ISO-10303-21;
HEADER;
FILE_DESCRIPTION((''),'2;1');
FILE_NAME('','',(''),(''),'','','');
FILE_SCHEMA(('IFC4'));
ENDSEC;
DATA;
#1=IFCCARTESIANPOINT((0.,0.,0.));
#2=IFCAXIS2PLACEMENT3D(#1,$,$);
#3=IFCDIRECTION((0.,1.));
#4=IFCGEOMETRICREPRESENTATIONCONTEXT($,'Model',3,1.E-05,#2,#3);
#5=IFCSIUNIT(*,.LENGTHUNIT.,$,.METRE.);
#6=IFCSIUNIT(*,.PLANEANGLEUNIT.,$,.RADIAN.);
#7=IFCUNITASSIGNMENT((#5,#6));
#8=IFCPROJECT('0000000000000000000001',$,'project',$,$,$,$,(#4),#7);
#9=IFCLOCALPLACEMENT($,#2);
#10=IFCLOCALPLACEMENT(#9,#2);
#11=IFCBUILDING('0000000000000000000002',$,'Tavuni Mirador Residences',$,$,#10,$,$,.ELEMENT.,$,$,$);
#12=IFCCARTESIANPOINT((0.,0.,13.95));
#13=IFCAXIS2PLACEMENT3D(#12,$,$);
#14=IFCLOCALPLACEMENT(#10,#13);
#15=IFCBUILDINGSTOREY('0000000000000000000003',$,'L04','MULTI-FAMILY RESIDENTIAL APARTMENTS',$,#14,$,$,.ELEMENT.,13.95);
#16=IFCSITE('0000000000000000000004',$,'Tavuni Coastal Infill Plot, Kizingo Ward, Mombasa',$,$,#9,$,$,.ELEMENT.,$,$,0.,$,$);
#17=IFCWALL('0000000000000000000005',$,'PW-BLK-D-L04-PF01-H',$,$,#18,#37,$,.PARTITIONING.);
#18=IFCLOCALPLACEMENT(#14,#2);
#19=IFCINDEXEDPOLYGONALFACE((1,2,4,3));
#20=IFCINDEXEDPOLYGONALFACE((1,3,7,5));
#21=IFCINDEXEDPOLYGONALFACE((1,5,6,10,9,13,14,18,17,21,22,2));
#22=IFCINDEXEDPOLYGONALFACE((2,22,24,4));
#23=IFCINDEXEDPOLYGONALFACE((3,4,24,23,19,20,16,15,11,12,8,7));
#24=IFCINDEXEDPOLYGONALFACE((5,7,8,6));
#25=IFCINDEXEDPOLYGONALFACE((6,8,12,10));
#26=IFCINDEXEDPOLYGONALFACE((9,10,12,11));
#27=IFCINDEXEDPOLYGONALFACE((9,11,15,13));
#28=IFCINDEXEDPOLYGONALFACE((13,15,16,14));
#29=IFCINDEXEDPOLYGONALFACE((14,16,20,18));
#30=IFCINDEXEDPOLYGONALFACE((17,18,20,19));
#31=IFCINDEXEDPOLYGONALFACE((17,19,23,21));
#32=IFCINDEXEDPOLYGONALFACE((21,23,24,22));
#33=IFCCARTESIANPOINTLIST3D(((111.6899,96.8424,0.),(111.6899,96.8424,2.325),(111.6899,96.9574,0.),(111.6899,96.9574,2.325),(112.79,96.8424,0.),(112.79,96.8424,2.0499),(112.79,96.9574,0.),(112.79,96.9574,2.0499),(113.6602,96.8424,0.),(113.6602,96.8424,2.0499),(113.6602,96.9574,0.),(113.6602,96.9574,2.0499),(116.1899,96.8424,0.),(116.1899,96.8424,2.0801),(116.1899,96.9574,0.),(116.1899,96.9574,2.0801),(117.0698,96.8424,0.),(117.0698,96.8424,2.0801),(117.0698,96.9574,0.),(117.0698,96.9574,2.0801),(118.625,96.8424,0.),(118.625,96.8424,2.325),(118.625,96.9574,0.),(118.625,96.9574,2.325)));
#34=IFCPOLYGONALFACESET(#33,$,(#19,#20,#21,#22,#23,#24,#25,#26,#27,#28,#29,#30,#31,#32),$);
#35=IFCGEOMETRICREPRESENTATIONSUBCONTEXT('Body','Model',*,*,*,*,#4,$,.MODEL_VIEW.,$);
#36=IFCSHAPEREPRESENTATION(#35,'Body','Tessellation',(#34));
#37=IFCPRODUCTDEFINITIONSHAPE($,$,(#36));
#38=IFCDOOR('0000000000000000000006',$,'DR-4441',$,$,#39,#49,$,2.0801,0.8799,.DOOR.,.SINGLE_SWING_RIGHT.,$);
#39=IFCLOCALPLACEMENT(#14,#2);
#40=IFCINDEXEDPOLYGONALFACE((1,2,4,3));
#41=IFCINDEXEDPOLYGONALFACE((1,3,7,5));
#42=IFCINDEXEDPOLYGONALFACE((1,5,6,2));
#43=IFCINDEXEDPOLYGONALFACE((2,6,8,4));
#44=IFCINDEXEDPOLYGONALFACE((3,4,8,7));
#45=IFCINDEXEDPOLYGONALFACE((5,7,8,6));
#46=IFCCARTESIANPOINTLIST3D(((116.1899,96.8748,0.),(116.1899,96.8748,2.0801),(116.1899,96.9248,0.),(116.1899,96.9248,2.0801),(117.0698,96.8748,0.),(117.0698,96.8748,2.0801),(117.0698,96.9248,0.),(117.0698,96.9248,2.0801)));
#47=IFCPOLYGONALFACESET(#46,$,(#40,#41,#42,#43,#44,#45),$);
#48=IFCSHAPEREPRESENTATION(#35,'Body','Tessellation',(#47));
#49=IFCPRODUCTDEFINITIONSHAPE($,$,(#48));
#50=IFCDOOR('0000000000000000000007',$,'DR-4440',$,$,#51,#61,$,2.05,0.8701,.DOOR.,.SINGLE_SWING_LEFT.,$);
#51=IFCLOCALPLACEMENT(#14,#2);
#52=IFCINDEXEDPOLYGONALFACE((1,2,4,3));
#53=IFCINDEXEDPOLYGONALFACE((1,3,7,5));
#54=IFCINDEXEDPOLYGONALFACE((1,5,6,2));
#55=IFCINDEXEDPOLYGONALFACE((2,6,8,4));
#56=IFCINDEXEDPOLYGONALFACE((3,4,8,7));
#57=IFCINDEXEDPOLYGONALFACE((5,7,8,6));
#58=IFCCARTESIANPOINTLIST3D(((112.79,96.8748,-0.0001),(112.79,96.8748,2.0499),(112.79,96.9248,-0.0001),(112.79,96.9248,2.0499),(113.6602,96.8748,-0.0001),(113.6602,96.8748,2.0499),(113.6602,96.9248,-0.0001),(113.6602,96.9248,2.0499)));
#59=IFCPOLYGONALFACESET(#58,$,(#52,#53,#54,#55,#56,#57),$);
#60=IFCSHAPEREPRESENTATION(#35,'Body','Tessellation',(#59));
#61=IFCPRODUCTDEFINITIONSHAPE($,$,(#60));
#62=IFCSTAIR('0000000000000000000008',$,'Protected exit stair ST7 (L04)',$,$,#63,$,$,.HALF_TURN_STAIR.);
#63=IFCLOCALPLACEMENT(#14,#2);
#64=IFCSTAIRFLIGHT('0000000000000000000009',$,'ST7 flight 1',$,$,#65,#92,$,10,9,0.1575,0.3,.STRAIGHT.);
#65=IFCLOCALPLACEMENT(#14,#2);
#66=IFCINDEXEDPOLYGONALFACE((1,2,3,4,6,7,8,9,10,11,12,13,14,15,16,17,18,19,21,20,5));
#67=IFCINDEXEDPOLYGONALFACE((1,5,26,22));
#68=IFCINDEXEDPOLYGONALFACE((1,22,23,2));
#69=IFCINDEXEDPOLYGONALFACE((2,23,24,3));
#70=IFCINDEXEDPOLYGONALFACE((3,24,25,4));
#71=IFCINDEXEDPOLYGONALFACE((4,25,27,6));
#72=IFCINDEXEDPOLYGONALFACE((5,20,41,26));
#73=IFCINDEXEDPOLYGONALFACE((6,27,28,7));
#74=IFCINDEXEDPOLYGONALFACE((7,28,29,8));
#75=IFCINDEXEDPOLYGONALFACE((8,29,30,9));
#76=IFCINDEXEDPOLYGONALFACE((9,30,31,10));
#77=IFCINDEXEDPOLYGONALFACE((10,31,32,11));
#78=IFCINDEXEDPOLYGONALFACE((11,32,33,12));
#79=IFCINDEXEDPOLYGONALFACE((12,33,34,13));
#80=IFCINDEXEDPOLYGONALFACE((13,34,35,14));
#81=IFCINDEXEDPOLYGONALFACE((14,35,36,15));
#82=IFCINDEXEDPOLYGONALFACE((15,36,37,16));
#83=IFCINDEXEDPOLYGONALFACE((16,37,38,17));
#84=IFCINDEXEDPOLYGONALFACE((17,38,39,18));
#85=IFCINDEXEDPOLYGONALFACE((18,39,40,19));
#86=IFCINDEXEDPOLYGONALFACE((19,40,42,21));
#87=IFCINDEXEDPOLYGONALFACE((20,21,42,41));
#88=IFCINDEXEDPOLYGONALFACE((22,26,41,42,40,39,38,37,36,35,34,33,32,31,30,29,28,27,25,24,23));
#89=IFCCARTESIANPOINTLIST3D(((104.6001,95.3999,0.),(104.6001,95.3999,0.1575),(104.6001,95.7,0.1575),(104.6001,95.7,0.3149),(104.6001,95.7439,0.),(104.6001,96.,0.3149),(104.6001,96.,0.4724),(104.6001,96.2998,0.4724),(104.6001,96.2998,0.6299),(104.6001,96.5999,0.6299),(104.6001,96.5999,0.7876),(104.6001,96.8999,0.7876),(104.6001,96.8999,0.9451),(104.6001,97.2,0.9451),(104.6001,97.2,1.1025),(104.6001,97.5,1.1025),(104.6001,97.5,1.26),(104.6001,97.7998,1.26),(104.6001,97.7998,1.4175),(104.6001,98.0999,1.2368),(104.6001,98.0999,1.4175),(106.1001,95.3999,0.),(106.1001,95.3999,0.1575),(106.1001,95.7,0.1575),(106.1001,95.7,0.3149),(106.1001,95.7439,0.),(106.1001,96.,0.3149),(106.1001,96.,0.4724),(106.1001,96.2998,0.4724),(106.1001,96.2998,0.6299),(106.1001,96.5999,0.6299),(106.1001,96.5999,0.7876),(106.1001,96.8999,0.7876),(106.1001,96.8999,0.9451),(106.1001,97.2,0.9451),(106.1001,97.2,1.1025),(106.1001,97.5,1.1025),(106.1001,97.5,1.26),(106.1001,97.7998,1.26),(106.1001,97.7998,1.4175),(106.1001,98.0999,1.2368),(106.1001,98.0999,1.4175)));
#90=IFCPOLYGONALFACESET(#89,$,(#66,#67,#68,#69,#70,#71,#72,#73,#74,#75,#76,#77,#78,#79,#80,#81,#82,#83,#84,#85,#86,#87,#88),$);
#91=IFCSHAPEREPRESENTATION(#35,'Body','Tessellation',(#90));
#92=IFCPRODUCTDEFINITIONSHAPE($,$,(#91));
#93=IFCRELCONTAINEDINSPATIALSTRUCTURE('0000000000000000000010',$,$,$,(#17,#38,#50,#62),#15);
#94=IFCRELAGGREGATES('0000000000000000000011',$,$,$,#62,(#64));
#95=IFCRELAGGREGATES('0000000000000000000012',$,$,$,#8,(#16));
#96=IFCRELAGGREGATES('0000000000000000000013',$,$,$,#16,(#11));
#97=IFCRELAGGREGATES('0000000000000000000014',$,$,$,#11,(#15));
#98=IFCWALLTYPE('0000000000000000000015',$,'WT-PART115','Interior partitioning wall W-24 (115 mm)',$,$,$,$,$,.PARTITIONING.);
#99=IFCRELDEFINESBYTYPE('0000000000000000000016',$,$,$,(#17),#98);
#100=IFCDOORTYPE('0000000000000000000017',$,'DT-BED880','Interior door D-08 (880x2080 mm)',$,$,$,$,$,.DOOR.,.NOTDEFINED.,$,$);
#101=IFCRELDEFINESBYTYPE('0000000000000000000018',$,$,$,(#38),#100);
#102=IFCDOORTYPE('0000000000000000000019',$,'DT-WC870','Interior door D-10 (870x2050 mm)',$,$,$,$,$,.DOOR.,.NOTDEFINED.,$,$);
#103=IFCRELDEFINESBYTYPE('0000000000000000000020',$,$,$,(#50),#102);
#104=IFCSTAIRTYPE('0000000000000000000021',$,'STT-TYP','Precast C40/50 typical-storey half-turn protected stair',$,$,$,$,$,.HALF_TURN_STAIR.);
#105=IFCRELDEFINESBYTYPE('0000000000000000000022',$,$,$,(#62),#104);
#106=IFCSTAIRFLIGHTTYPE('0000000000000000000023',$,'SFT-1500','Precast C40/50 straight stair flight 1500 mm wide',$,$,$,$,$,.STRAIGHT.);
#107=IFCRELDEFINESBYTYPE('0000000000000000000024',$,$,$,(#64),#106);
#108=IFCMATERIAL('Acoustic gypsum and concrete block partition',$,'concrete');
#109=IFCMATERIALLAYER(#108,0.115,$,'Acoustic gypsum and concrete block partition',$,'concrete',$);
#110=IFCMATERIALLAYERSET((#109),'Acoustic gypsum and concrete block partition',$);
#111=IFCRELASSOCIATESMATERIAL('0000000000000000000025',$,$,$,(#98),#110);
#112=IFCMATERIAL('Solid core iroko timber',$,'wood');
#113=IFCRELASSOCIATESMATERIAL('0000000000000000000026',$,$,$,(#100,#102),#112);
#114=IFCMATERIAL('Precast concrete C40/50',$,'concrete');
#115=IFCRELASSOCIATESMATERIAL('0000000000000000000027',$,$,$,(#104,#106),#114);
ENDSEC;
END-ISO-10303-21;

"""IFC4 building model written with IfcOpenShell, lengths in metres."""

from ifc_helpers import new_model, si_unit, direction, frame, frame_2d, origin, place, context, subcontext, project, spatial, polyline, rectangle, outline, extrude, material, layer, layer_set, type_object, element, fill, aggregate, save


model = new_model("IFC4")

# Units and contexts
model_context = context("Model", 3, precision=1e-05, world=origin(), true_north=direction((0.0, 1.0)))
body_context = subcontext(model_context, "Body", "Model", "MODEL_VIEW")
ifc_project = project(units=[si_unit("LENGTHUNIT", "METRE"), si_unit("PLANEANGLEUNIT", "RADIAN")], contexts=[model_context])

# Site, building, storey
site_placement = place(None, origin())
site = spatial("IfcSite", under=ifc_project, at=site_placement, Name="Tavuni Coastal Infill Plot, Kizingo Ward, Mombasa", CompositionType="ELEMENT", RefElevation=0.0)
building_placement = place(site_placement, origin())
building = spatial("IfcBuilding", under=site, at=building_placement, Name="Tavuni Mirador Residences", CompositionType="ELEMENT")
storey_placement = place(building_placement, frame((0.0, 0.0, 13.95)))
storey = spatial("IfcBuildingStorey", under=building, at=storey_placement, Name="L04", Description="MULTI-FAMILY RESIDENTIAL APARTMENTS", CompositionType="ELEMENT", Elevation=13.95)

# Shared definitions
ifc_material_1 = material(Name="Precast concrete C40/50", Category="concrete")

# Shared definitions
ifc_material_2 = material(Name="Solid core iroko timber", Category="wood")

# Shared definitions
ifc_material_3 = material(Name="Acoustic gypsum and concrete block partition", Category="concrete")

# Wall, openings, doors
ifc_layer_1 = layer(ifc_material_3, 0.115, Name="Acoustic gypsum and concrete block partition", Category="concrete")
ifc_layer_set_1 = layer_set([ifc_layer_1], Name="Acoustic gypsum and concrete block partition")
wall_type_1 = type_object("IfcWallType", Name="WT-PART115", Description="Interior partitioning wall W-24 (115 mm)", PredefinedType="PARTITIONING", material=ifc_layer_set_1)
wall_1_placement = place(storey_placement, frame((111.6899, 96.8999, 0.0), z_axis=(0.0, 0.0, 1.0), x_axis=(1.0, 0.0, 0.0)))
wall_1 = element("IfcWall", 1, at=wall_1_placement, inside=storey, type_object=wall_type_1, Name="PW-BLK-D-L04-PF01-H", PredefinedType="PARTITIONING", context=body_context, shape_type="SweptSolid", body=[
    extrude(rectangle(XDim=6.9351, YDim=0.115, at=frame_2d((3.4675, 0.0))), origin(), (0.0, 0.0, 1.0), 2.325),
])
opening_1_placement = place(wall_1_placement, frame((1.1001, 0.0, 0.0)))
opening_1 = element("IfcOpeningElement", 2, at=opening_1_placement, cuts=wall_1, PredefinedType="OPENING", context=body_context, shape_type="SweptSolid", body=[
    extrude(rectangle(XDim=0.8701, YDim=2.05, at=frame_2d((0.4351, 1.0249))), frame((0.0, 0.0674, 0.0), z_axis=(0.0, -1.0, 0.0), x_axis=(1.0, 0.0, 0.0)), (0.0, 0.0, 1.0), 0.135),
])
opening_2_placement = place(wall_1_placement, frame((4.5, 0.0, 0.0)))
opening_2 = element("IfcOpeningElement", 3, at=opening_2_placement, cuts=wall_1, PredefinedType="OPENING", context=body_context, shape_type="SweptSolid", body=[
    extrude(rectangle(XDim=0.8799, YDim=2.0801, at=frame_2d((0.4399, 1.04))), frame((0.0, 0.0674, 0.0), z_axis=(0.0, -1.0, 0.0), x_axis=(1.0, 0.0, 0.0)), (0.0, 0.0, 1.0), 0.135),
])
door_type_1 = type_object("IfcDoorType", Name="DT-BED880", Description="Interior door D-08 (880x2080 mm)", OperationType="NOTDEFINED", PredefinedType="DOOR", material=ifc_material_2)
door_1_placement = place(opening_2_placement, origin())
door_1 = element("IfcDoor", 4, at=door_1_placement, inside=storey, type_object=door_type_1, Name="DR-4441", OperationType="SINGLE_SWING_RIGHT", OverallHeight=2.0801, OverallWidth=0.8799, PredefinedType="DOOR", context=body_context, shape_type="SweptSolid", body=[
    extrude(rectangle(XDim=0.8799, YDim=2.0801, at=frame_2d((0.4399, 1.04))), frame((0.0, 0.0249, 0.0), z_axis=(0.0, -1.0, 0.0), x_axis=(1.0, 0.0, 0.0)), (0.0, 0.0, 1.0), 0.05),
])
fill(opening_2, door_1)
door_type_2 = type_object("IfcDoorType", Name="DT-WC870", Description="Interior door D-10 (870x2050 mm)", OperationType="NOTDEFINED", PredefinedType="DOOR", material=ifc_material_2)
door_2_placement = place(opening_1_placement, origin())
door_2 = element("IfcDoor", 5, at=door_2_placement, inside=storey, type_object=door_type_2, Name="DR-4440", OperationType="SINGLE_SWING_LEFT", OverallHeight=2.05, OverallWidth=0.8701, PredefinedType="DOOR", context=body_context, shape_type="SweptSolid", body=[
    extrude(rectangle(XDim=0.8701, YDim=2.05, at=frame_2d((0.4351, 1.0249))), frame((0.0, 0.0249, 0.0), z_axis=(0.0, -1.0, 0.0), x_axis=(1.0, 0.0, 0.0)), (0.0, 0.0, 1.0), 0.05),
])
fill(opening_1, door_2)

# Stair, stair flight
stair_type = type_object("IfcStairType", Name="STT-TYP", Description="Precast C40/50 typical-storey half-turn protected stair", PredefinedType="HALF_TURN_STAIR", material=ifc_material_1)
stair_placement = place(storey_placement, origin())
stair = element("IfcStair", 6, at=stair_placement, inside=storey, type_object=stair_type, Name="Protected exit stair ST7 (L04)", PredefinedType="HALF_TURN_STAIR")
stair_flight_type = type_object("IfcStairFlightType", Name="SFT-1500", Description="Precast C40/50 straight stair flight 1500 mm wide", PredefinedType="STRAIGHT", material=ifc_material_1)
stair_flight_placement = place(storey_placement, frame((105.3501, 95.3999, 0.0), z_axis=(0.0, 0.0, 1.0), x_axis=(0.0, 1.0, 0.0)))
stair_flight = element("IfcStairFlight", 7, at=stair_flight_placement, type_object=stair_flight_type, Name="ST7 flight 1", NumberOfRisers=10, NumberOfTreads=9, PredefinedType="STRAIGHT", RiserHeight=0.1575, TreadLength=0.3, context=body_context, shape_type="SweptSolid", body=[
    extrude(outline(polyline([(0.0, 0.0), (0.0, 0.1575), (0.3, 0.1575), (0.3, 0.3149), (0.6001, 0.3149), (0.6001, 0.4724), (0.8999, 0.4724), (0.8999, 0.6299), (1.2, 0.6299), (1.2, 0.7876), (1.5, 0.7876), (1.5, 0.9451), (1.8, 0.9451), (1.8, 1.1025), (2.1001, 1.1025), (2.1001, 1.26), (2.3999, 1.26), (2.3999, 1.4175), (2.7, 1.4175), (2.7, 1.575), (2.7, 1.2368), (0.344, 0.0), (0.0, 0.0)])), frame((0.0, 0.75, 0.0), z_axis=(0.0, -1.0, 0.0), x_axis=(1.0, 0.0, 0.0)), (0.0, 0.0, 1.0), 1.5),
])
aggregate(stair, [stair_flight])

save(model, "model.ifc")
